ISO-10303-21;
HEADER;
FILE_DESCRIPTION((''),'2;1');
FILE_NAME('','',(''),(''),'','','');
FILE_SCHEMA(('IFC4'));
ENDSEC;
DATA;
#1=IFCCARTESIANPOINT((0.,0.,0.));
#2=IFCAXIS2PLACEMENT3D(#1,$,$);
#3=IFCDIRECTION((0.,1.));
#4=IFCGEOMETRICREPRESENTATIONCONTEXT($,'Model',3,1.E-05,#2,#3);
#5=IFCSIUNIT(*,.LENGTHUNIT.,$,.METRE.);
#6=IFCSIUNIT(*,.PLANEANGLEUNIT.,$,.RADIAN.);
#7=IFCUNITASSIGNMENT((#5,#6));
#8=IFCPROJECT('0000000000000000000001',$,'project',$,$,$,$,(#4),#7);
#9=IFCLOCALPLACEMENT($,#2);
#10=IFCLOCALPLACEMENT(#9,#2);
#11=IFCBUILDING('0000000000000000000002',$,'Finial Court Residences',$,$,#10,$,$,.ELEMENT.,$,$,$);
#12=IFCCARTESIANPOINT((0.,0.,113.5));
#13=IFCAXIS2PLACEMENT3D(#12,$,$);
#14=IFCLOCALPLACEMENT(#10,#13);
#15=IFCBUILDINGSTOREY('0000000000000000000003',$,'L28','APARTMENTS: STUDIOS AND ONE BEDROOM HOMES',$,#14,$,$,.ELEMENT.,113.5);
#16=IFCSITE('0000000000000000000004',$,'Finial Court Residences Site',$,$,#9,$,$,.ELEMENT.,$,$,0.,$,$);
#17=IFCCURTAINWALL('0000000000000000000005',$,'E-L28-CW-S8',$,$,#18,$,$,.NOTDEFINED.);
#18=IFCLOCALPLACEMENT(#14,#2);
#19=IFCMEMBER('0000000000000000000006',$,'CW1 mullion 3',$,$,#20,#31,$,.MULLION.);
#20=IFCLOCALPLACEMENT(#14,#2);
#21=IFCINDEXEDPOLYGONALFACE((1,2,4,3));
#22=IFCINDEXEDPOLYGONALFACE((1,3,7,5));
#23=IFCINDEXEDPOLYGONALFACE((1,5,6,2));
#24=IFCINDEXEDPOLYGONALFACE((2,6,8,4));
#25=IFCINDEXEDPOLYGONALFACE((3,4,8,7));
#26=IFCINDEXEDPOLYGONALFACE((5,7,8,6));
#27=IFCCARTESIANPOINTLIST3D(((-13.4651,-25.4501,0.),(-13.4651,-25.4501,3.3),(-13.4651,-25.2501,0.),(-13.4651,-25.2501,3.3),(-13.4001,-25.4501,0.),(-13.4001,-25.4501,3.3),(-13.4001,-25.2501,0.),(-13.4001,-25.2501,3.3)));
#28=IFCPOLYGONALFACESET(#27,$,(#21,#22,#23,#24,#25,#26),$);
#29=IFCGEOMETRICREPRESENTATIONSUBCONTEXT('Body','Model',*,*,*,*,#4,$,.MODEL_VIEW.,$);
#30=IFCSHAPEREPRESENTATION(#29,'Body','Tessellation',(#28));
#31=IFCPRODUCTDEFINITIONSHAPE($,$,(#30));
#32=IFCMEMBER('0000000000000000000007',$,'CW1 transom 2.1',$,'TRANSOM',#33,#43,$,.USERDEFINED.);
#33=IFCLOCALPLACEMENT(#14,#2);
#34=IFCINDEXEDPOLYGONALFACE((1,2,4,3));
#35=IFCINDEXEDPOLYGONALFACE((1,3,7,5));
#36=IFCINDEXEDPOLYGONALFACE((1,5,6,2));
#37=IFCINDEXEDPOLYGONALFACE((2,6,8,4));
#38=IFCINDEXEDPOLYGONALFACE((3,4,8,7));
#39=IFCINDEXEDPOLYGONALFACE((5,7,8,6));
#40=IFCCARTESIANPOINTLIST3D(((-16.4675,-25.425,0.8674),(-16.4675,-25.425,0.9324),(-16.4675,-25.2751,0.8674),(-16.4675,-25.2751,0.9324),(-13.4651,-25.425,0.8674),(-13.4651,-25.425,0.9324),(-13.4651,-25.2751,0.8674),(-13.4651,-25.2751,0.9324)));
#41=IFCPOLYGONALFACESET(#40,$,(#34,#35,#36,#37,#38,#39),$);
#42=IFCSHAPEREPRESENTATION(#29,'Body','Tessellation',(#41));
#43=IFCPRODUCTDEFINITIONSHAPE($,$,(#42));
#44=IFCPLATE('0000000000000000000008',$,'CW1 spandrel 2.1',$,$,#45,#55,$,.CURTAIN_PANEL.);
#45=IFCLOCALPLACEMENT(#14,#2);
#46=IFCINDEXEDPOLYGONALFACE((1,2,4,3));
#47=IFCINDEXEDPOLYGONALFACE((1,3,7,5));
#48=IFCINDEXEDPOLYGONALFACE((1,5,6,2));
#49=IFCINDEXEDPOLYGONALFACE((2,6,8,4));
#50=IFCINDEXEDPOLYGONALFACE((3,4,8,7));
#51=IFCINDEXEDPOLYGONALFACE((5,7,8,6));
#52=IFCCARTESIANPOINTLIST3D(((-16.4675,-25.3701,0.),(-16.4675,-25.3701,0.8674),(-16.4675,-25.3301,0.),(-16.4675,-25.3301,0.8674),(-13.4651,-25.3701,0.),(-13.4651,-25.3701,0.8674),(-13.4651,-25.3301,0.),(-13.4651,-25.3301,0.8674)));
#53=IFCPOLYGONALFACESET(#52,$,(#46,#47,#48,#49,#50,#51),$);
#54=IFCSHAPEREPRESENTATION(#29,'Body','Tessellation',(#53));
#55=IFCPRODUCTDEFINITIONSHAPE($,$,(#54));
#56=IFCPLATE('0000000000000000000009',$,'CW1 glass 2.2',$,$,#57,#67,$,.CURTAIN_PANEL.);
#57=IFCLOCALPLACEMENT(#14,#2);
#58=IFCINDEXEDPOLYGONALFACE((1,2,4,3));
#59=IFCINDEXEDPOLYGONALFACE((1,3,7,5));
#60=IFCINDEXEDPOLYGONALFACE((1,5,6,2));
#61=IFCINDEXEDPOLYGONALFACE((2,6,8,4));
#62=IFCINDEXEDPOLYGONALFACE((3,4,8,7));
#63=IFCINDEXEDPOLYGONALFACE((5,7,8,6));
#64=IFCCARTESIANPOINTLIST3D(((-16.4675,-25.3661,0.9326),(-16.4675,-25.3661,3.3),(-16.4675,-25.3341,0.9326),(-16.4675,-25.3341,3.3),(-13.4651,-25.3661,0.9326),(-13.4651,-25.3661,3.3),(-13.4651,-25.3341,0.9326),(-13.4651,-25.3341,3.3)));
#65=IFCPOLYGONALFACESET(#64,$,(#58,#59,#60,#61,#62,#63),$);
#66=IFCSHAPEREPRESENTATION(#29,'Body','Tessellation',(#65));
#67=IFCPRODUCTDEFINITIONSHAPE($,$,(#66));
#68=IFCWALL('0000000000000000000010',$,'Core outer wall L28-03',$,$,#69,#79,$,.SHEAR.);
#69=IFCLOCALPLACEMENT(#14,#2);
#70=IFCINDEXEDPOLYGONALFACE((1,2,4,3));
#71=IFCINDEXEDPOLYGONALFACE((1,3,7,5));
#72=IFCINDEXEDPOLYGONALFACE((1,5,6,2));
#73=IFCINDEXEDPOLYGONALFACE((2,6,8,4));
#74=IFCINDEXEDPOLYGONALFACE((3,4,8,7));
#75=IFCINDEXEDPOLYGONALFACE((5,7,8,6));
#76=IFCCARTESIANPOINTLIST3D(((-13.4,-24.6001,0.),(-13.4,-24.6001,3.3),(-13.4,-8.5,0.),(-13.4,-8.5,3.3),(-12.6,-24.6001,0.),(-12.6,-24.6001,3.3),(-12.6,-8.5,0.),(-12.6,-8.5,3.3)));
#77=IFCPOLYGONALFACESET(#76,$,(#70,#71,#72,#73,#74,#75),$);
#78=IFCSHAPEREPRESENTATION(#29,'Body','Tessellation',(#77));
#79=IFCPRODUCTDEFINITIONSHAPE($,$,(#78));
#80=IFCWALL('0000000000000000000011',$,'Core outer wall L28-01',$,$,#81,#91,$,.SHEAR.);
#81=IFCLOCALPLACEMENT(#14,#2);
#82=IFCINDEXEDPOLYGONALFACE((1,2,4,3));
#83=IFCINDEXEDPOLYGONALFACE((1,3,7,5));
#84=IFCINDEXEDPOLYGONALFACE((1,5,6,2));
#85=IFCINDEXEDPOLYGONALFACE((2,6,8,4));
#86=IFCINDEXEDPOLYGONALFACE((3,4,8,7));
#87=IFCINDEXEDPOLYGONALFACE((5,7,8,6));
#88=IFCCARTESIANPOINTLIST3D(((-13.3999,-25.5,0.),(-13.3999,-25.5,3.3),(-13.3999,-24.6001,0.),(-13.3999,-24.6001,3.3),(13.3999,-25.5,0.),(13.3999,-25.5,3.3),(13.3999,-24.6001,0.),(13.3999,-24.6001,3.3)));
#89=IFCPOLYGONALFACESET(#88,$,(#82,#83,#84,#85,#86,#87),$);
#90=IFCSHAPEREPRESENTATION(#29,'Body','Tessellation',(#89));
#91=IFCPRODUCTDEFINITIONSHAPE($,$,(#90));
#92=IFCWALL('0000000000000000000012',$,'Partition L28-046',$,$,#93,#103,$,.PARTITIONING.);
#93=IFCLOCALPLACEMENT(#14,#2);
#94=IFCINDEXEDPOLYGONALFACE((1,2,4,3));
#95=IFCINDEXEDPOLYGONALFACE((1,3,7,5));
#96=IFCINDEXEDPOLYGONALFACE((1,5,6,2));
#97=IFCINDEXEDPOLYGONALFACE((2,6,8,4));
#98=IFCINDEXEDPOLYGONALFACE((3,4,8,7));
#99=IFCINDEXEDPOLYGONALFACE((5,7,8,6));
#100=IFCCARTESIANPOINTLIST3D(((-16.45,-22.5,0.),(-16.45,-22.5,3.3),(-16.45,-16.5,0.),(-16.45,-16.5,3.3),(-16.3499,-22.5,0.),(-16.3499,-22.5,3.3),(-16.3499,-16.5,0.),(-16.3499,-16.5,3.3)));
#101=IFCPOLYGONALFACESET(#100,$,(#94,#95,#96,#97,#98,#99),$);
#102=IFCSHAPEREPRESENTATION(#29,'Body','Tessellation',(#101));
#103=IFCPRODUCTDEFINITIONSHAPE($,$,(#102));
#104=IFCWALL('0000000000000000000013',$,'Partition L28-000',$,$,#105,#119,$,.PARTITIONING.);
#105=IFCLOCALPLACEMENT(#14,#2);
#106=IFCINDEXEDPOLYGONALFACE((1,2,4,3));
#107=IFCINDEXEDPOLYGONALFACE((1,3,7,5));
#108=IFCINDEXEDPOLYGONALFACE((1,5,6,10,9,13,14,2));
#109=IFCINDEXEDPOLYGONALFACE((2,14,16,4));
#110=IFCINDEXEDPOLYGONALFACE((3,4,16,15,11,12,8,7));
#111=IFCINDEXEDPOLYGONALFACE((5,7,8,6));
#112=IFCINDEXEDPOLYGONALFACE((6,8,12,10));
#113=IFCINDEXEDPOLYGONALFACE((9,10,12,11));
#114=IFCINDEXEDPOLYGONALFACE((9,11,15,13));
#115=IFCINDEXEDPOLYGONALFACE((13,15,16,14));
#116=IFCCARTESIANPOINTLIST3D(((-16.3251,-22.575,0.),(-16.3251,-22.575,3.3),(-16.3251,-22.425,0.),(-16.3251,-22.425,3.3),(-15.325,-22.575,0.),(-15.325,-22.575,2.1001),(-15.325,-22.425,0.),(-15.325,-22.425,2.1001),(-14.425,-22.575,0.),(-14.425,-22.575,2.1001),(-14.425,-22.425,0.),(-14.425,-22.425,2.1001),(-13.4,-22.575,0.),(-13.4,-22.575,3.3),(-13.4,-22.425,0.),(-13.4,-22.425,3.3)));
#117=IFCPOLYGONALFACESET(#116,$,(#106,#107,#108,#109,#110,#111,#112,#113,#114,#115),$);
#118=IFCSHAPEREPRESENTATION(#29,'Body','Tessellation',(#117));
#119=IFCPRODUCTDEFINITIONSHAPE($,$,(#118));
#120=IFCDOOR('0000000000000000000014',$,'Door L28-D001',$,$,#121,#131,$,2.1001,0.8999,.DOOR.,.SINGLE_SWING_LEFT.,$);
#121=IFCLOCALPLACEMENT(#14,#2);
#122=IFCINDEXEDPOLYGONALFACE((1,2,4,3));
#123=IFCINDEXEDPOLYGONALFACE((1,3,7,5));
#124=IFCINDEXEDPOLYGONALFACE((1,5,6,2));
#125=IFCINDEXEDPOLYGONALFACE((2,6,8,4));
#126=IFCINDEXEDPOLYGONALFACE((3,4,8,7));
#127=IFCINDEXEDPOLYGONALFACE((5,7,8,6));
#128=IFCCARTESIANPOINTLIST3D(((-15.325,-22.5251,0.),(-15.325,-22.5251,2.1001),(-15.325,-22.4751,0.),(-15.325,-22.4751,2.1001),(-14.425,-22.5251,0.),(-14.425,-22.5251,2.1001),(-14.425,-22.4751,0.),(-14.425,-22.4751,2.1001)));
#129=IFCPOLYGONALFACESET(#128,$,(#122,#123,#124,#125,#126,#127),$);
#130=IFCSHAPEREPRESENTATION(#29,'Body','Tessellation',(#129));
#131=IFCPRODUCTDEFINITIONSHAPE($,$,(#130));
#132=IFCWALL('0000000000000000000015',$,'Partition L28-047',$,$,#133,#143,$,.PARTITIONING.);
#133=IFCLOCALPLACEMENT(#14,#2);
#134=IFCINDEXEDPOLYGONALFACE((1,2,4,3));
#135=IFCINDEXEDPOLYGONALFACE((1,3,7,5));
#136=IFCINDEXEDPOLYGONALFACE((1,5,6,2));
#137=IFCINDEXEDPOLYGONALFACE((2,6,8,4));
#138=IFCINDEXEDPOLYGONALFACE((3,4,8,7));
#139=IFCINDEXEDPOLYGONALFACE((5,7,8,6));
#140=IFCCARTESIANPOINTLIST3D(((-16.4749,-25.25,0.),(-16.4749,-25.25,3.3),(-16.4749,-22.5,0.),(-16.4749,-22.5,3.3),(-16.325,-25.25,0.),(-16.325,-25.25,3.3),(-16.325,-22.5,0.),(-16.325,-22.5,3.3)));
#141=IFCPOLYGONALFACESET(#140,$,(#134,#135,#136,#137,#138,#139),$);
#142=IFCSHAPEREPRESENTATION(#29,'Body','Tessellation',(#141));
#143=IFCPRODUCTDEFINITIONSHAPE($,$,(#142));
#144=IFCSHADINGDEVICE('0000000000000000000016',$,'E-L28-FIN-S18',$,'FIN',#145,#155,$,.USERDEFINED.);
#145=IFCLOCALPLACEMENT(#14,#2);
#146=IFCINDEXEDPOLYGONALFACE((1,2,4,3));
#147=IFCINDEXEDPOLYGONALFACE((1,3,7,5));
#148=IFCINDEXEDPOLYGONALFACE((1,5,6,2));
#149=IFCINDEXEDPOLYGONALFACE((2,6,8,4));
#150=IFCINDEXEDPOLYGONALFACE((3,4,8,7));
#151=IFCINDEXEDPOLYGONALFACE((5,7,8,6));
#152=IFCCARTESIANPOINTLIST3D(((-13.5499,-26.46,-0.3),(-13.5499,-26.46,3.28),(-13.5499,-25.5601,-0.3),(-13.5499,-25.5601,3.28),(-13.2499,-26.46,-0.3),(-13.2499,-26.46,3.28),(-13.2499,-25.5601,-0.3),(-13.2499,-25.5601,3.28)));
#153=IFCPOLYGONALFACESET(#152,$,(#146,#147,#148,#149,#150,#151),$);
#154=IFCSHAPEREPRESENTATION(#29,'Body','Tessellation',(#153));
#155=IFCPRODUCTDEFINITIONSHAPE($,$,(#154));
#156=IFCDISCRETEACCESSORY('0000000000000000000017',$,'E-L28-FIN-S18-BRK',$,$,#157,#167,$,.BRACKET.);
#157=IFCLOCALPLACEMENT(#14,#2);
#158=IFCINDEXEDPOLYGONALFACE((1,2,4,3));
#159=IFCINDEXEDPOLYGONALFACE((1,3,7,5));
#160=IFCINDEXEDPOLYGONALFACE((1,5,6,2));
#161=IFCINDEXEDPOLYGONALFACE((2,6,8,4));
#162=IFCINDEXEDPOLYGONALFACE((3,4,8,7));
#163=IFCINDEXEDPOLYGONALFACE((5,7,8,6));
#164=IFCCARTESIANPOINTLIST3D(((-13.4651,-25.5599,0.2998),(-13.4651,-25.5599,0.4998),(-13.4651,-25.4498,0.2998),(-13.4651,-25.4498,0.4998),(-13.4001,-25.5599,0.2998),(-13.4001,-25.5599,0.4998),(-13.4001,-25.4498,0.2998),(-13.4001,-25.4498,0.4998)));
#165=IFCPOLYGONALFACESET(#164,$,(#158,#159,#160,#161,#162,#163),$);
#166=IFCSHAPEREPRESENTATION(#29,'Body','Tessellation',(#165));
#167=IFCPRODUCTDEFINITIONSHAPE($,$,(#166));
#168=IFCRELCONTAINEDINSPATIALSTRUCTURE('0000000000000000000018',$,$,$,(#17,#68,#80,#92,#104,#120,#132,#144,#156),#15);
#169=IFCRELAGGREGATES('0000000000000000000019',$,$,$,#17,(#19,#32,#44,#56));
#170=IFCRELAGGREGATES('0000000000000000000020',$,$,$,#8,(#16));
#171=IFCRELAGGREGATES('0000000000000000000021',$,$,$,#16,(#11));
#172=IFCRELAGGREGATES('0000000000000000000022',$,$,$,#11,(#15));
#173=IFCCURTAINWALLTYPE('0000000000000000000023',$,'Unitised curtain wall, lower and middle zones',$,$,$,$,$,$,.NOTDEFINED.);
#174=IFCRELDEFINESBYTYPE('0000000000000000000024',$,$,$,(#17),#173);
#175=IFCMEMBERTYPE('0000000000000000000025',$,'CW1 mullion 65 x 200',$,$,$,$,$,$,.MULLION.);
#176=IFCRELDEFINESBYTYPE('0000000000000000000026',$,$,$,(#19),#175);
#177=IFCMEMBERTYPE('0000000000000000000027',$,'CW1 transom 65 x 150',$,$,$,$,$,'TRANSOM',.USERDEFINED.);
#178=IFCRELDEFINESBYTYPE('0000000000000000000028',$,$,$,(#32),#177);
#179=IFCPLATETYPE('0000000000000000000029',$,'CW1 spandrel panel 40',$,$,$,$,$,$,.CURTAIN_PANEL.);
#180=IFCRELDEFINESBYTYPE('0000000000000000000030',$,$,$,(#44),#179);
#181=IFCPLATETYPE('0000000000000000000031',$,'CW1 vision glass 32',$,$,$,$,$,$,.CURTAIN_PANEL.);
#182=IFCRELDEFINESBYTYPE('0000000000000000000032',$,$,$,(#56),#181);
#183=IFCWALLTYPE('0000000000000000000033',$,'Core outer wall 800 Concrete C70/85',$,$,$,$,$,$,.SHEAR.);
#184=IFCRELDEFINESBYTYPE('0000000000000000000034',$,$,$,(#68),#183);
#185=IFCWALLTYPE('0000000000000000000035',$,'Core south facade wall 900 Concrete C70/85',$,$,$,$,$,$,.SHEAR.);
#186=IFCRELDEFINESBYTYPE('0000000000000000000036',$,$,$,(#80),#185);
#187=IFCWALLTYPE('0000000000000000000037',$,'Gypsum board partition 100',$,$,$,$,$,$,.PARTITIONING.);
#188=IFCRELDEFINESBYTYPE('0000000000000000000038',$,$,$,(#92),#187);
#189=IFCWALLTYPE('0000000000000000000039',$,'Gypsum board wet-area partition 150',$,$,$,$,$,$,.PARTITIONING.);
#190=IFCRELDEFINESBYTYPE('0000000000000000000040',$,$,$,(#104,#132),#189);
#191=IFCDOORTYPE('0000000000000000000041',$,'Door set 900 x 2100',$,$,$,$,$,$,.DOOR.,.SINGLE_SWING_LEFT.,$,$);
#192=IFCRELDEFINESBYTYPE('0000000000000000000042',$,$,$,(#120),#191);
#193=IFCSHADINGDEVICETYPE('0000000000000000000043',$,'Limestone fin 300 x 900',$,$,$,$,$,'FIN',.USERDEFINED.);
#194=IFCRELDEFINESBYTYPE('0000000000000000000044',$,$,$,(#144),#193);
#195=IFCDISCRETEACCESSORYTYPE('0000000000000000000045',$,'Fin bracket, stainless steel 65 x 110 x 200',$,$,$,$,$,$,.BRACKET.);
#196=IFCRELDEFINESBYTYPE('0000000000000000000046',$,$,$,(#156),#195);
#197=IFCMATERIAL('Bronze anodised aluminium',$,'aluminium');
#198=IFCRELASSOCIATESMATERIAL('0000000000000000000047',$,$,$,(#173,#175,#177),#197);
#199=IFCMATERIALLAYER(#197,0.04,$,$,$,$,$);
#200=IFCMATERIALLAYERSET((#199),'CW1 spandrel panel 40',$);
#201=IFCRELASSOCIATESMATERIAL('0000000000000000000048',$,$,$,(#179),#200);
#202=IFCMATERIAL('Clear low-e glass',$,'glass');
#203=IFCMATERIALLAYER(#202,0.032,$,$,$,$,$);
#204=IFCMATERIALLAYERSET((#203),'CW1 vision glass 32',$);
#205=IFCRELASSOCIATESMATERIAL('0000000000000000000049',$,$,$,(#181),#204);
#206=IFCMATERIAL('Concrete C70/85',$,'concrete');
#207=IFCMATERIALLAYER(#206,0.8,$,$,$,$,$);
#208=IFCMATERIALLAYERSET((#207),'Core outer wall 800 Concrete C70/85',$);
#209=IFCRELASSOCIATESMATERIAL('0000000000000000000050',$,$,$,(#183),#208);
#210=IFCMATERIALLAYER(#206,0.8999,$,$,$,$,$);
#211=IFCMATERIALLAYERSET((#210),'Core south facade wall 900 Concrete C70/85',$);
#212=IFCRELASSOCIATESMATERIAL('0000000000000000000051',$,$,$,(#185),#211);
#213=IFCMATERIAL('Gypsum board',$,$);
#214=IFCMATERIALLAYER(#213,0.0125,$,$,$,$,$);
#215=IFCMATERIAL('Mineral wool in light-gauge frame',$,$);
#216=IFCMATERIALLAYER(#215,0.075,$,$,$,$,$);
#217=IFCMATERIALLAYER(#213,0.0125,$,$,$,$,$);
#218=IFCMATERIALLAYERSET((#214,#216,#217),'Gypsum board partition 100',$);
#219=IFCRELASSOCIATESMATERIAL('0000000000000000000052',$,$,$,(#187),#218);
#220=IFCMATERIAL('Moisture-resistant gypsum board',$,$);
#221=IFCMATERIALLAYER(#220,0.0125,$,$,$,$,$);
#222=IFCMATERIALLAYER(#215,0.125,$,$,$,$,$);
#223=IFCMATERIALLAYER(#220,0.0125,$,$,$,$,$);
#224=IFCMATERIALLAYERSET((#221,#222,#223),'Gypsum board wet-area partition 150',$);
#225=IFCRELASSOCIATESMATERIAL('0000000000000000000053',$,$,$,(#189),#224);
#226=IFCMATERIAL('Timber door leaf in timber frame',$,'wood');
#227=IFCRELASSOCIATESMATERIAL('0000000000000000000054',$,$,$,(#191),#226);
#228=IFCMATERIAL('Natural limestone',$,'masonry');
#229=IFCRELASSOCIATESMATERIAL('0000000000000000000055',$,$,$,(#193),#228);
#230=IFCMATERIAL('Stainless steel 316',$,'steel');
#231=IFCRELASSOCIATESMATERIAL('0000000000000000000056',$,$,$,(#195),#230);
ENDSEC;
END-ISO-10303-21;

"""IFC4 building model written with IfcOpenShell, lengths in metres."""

from ifc_helpers import new_model, si_unit, direction, frame, frame_2d, origin, origin_2d, place, context, subcontext, project, spatial, rectangle, extrude, material, layer, layer_set, material_profile, profile_set, type_object, element, fill, aggregate, save


model = new_model("IFC4")

# Units and contexts
model_context = context("Model", 3, precision=1e-05, world=origin(), true_north=direction((0.0, 1.0)))
body_context = subcontext(model_context, "Body", "Model", "MODEL_VIEW")
ifc_project = project(units=[si_unit("LENGTHUNIT", "METRE"), si_unit("PLANEANGLEUNIT", "RADIAN")], contexts=[model_context])

# Site, building, storey
site_placement = place(None, origin())
site = spatial("IfcSite", under=ifc_project, at=site_placement, Name="Finial Court Residences Site", CompositionType="ELEMENT", RefElevation=0.0)
building_placement = place(site_placement, origin())
building = spatial("IfcBuilding", under=site, at=building_placement, Name="Finial Court Residences", CompositionType="ELEMENT")
storey_placement = place(building_placement, frame((0.0, 0.0, 113.5)))
storey = spatial("IfcBuildingStorey", under=building, at=storey_placement, Name="L28", Description="APARTMENTS: STUDIOS AND ONE BEDROOM HOMES", CompositionType="ELEMENT", Elevation=113.5)

# Curtain wall, members, plates
ifc_material_1 = material(Name="Bronze anodised aluminium", Category="aluminium")
curtain_wall_type = type_object("IfcCurtainWallType", Name="Unitised curtain wall, lower and middle zones", PredefinedType="NOTDEFINED", material=ifc_material_1)
curtain_wall_placement = place(storey_placement, origin())
curtain_wall = element("IfcCurtainWall", 1, at=curtain_wall_placement, inside=storey, type_object=curtain_wall_type, Name="E-L28-CW-S8", PredefinedType="NOTDEFINED")
ifc_material_profile_1 = material_profile(ifc_material_1, rectangle(XDim=0.2, YDim=0.0649, at=origin_2d()), Name="CW1 mullion 65 x 200")
ifc_profile_set_1 = profile_set([ifc_material_profile_1], Name="Bronze anodised aluminium")
member_type_1 = type_object("IfcMemberType", Name="CW1 mullion 65 x 200", PredefinedType="MULLION", material=ifc_profile_set_1)
member_1_placement = place(storey_placement, frame((-13.4326, -25.3501, 0.0), z_axis=(0.0, 0.0, 1.0), x_axis=(0.0, 1.0, 0.0)))
member_1 = element("IfcMember", 2, at=member_1_placement, type_object=member_type_1, Name="CW1 mullion 3", PredefinedType="MULLION", context=body_context, shape_type="SweptSolid", body=[
    extrude(rectangle(XDim=0.2, YDim=0.0649, at=origin_2d()), origin(), (0.0, 0.0, 1.0), 3.3),
])
ifc_material_profile_2 = material_profile(ifc_material_1, rectangle(XDim=0.1499, YDim=0.0649, at=origin_2d()), Name="CW1 transom 65 x 150")
ifc_profile_set_2 = profile_set([ifc_material_profile_2], Name="Bronze anodised aluminium")
member_type_2 = type_object("IfcMemberType", Name="CW1 transom 65 x 150", ElementType="TRANSOM", PredefinedType="USERDEFINED", material=ifc_profile_set_2)
member_2_placement = place(storey_placement, frame((-16.4675, -25.3501, 0.8999), z_axis=(1.0, 0.0, 0.0), x_axis=(0.0, 1.0, 0.0)))
member_2 = element("IfcMember", 3, at=member_2_placement, type_object=member_type_2, Name="CW1 transom 2.1", ObjectType="TRANSOM", PredefinedType="USERDEFINED", context=body_context, shape_type="SweptSolid", body=[
    extrude(rectangle(XDim=0.1499, YDim=0.0649, at=origin_2d()), origin(), (0.0, 0.0, 1.0), 3.0024),
])
ifc_layer_1 = layer(ifc_material_1, 0.04)
ifc_layer_set_1 = layer_set([ifc_layer_1], Name="CW1 spandrel panel 40")
plate_type_1 = type_object("IfcPlateType", Name="CW1 spandrel panel 40", PredefinedType="CURTAIN_PANEL", material=ifc_layer_set_1)
plate_1_placement = place(storey_placement, frame((-14.9663, -25.3501, 0.0), z_axis=(0.0, 0.0, 1.0), x_axis=(1.0, 0.0, 0.0)))
plate_1 = element("IfcPlate", 4, at=plate_1_placement, type_object=plate_type_1, Name="CW1 spandrel 2.1", PredefinedType="CURTAIN_PANEL", context=body_context, shape_type="SweptSolid", body=[
    extrude(rectangle(XDim=3.0024, YDim=0.04, at=origin_2d()), origin(), (0.0, 0.0, 1.0), 0.8674),
])
ifc_material_2 = material(Name="Clear low-e glass", Category="glass")
ifc_layer_2 = layer(ifc_material_2, 0.032)
ifc_layer_set_2 = layer_set([ifc_layer_2], Name="CW1 vision glass 32")
plate_type_2 = type_object("IfcPlateType", Name="CW1 vision glass 32", PredefinedType="CURTAIN_PANEL", material=ifc_layer_set_2)
plate_2_placement = place(storey_placement, frame((-14.9663, -25.3501, 0.9326), z_axis=(0.0, 0.0, 1.0), x_axis=(1.0, 0.0, 0.0)))
plate_2 = element("IfcPlate", 5, at=plate_2_placement, type_object=plate_type_2, Name="CW1 glass 2.2", PredefinedType="CURTAIN_PANEL", context=body_context, shape_type="SweptSolid", body=[
    extrude(rectangle(XDim=3.0024, YDim=0.032, at=origin_2d()), origin(), (0.0, 0.0, 1.0), 2.3674),
])
aggregate(curtain_wall, [member_1, member_2, plate_1, plate_2])

# Walls
ifc_material_3 = material(Name="Concrete C70/85", Category="concrete")
ifc_layer_3 = layer(ifc_material_3, 0.8)
ifc_layer_set_3 = layer_set([ifc_layer_3], Name="Core outer wall 800 Concrete C70/85")
wall_type_1 = type_object("IfcWallType", Name="Core outer wall 800 Concrete C70/85", PredefinedType="SHEAR", material=ifc_layer_set_3)
wall_1_placement = place(storey_placement, frame((-13.0, -24.6001, 0.0), z_axis=(0.0, 0.0, 1.0), x_axis=(0.0, 1.0, 0.0)))
element("IfcWall", 6, at=wall_1_placement, inside=storey, type_object=wall_type_1, Name="Core outer wall L28-03", PredefinedType="SHEAR", context=body_context, shape_type="SweptSolid", body=[
    extrude(rectangle(XDim=16.1001, YDim=0.8, at=frame_2d((8.05, 0.0))), origin(), (0.0, 0.0, 1.0), 3.3),
])
ifc_layer_4 = layer(ifc_material_3, 0.8999)
ifc_layer_set_4 = layer_set([ifc_layer_4], Name="Core south facade wall 900 Concrete C70/85")
wall_type_2 = type_object("IfcWallType", Name="Core south facade wall 900 Concrete C70/85", PredefinedType="SHEAR", material=ifc_layer_set_4)
wall_2_placement = place(storey_placement, frame((-13.3999, -25.05, 0.0), z_axis=(0.0, 0.0, 1.0), x_axis=(1.0, 0.0, 0.0)))
element("IfcWall", 7, at=wall_2_placement, inside=storey, type_object=wall_type_2, Name="Core outer wall L28-01", PredefinedType="SHEAR", context=body_context, shape_type="SweptSolid", body=[
    extrude(rectangle(XDim=26.7998, YDim=0.8999, at=frame_2d((13.3999, 0.0))), origin(), (0.0, 0.0, 1.0), 3.3),
])
ifc_material_4 = material(Name="Gypsum board")
ifc_layer_5 = layer(ifc_material_4, 0.0125)
ifc_material_5 = material(Name="Mineral wool in light-gauge frame")
ifc_layer_6 = layer(ifc_material_5, 0.075)
ifc_layer_7 = layer(ifc_material_4, 0.0125)
ifc_layer_set_5 = layer_set([ifc_layer_5, ifc_layer_6, ifc_layer_7], Name="Gypsum board partition 100")
wall_type_3 = type_object("IfcWallType", Name="Gypsum board partition 100", PredefinedType="PARTITIONING", material=ifc_layer_set_5)
wall_3_placement = place(storey_placement, frame((-16.3999, -22.5, 0.0), z_axis=(0.0, 0.0, 1.0), x_axis=(0.0, 1.0, 0.0)))
element("IfcWall", 8, at=wall_3_placement, inside=storey, type_object=wall_type_3, Name="Partition L28-046", PredefinedType="PARTITIONING", context=body_context, shape_type="SweptSolid", body=[
    extrude(rectangle(XDim=6.0, YDim=0.1001, at=frame_2d((3.0, 0.0))), origin(), (0.0, 0.0, 1.0), 3.3),
])

# Wall, opening, door
ifc_material_6 = material(Name="Moisture-resistant gypsum board")
ifc_layer_8 = layer(ifc_material_6, 0.0125)
ifc_layer_9 = layer(ifc_material_5, 0.125)
ifc_layer_10 = layer(ifc_material_6, 0.0125)
ifc_layer_set_6 = layer_set([ifc_layer_8, ifc_layer_9, ifc_layer_10], Name="Gypsum board wet-area partition 150")
wall_type_4 = type_object("IfcWallType", Name="Gypsum board wet-area partition 150", PredefinedType="PARTITIONING", material=ifc_layer_set_6)
wall_4_placement = place(storey_placement, frame((-16.325, -22.5, 0.0), z_axis=(0.0, 0.0, 1.0), x_axis=(1.0, 0.0, 0.0)))
wall_4 = element("IfcWall", 9, at=wall_4_placement, inside=storey, type_object=wall_type_4, Name="Partition L28-000", PredefinedType="PARTITIONING", context=body_context, shape_type="SweptSolid", body=[
    extrude(rectangle(XDim=2.925, YDim=0.1499, at=frame_2d((1.4624, 0.0))), origin(), (0.0, 0.0, 1.0), 3.3),
])
opening_placement = place(wall_4_placement, frame((1.0, 0.0, 0.0)))
opening = element("IfcOpeningElement", 10, at=opening_placement, cuts=wall_4, PredefinedType="OPENING", context=body_context, shape_type="SweptSolid", body=[
    extrude(rectangle(XDim=0.8999, YDim=2.1001, at=frame_2d((0.45, 1.05))), frame((0.0, 0.085, 0.0), z_axis=(0.0, -1.0, 0.0), x_axis=(1.0, 0.0, 0.0)), (0.0, 0.0, 1.0), 0.1699),
])
ifc_material_7 = material(Name="Timber door leaf in timber frame", Category="wood")
door_type = type_object("IfcDoorType", Name="Door set 900 x 2100", OperationType="SINGLE_SWING_LEFT", PredefinedType="DOOR", material=ifc_material_7)
door_placement = place(opening_placement, origin())
door = element("IfcDoor", 11, at=door_placement, inside=storey, type_object=door_type, Name="Door L28-D001", OperationType="SINGLE_SWING_LEFT", OverallHeight=2.1001, OverallWidth=0.8999, PredefinedType="DOOR", context=body_context, shape_type="SweptSolid", body=[
    extrude(rectangle(XDim=0.8999, YDim=2.1001, at=frame_2d((0.45, 1.05))), frame((0.0, 0.0249, 0.0), z_axis=(0.0, -1.0, 0.0), x_axis=(1.0, 0.0, 0.0)), (0.0, 0.0, 1.0), 0.05),
])
fill(opening, door)

# Wall
wall_5_placement = place(storey_placement, frame((-16.3999, -25.25, 0.0), z_axis=(0.0, 0.0, 1.0), x_axis=(0.0, 1.0, 0.0)))
element("IfcWall", 12, at=wall_5_placement, inside=storey, type_object=wall_type_4, Name="Partition L28-047", PredefinedType="PARTITIONING", context=body_context, shape_type="SweptSolid", body=[
    extrude(rectangle(XDim=2.75, YDim=0.1499, at=frame_2d((1.375, 0.0))), origin(), (0.0, 0.0, 1.0), 3.3),
])

# Shading device
ifc_material_8 = material(Name="Natural limestone", Category="masonry")
shading_device_type = type_object("IfcShadingDeviceType", Name="Limestone fin 300 x 900", ElementType="FIN", PredefinedType="USERDEFINED", material=ifc_material_8)
shading_device_placement = place(storey_placement, frame((-13.3999, -26.01, -0.3), z_axis=(0.0, 0.0, 1.0), x_axis=(1.0, 0.0, 0.0)))
element("IfcShadingDevice", 13, at=shading_device_placement, inside=storey, type_object=shading_device_type, Name="E-L28-FIN-S18", ObjectType="FIN", PredefinedType="USERDEFINED", context=body_context, shape_type="SweptSolid", body=[
    extrude(rectangle(XDim=0.3, YDim=0.8999, at=origin_2d()), origin(), (0.0, 0.0, 1.0), 3.5801),
])

# Discrete accessory
ifc_material_9 = material(Name="Stainless steel 316", Category="steel")
discrete_accessory_type = type_object("IfcDiscreteAccessoryType", Name="Fin bracket, stainless steel 65 x 110 x 200", PredefinedType="BRACKET", material=ifc_material_9)
discrete_accessory_placement = place(storey_placement, frame((-13.4326, -25.5049, 0.2998), z_axis=(0.0, 0.0, 1.0), x_axis=(1.0, 0.0, 0.0)))
element("IfcDiscreteAccessory", 14, at=discrete_accessory_placement, inside=storey, type_object=discrete_accessory_type, Name="E-L28-FIN-S18-BRK", PredefinedType="BRACKET", context=body_context, shape_type="SweptSolid", body=[
    extrude(rectangle(XDim=0.0649, YDim=0.1101, at=origin_2d()), origin(), (0.0, 0.0, 1.0), 0.2),
])

save(model, "model.ifc")
